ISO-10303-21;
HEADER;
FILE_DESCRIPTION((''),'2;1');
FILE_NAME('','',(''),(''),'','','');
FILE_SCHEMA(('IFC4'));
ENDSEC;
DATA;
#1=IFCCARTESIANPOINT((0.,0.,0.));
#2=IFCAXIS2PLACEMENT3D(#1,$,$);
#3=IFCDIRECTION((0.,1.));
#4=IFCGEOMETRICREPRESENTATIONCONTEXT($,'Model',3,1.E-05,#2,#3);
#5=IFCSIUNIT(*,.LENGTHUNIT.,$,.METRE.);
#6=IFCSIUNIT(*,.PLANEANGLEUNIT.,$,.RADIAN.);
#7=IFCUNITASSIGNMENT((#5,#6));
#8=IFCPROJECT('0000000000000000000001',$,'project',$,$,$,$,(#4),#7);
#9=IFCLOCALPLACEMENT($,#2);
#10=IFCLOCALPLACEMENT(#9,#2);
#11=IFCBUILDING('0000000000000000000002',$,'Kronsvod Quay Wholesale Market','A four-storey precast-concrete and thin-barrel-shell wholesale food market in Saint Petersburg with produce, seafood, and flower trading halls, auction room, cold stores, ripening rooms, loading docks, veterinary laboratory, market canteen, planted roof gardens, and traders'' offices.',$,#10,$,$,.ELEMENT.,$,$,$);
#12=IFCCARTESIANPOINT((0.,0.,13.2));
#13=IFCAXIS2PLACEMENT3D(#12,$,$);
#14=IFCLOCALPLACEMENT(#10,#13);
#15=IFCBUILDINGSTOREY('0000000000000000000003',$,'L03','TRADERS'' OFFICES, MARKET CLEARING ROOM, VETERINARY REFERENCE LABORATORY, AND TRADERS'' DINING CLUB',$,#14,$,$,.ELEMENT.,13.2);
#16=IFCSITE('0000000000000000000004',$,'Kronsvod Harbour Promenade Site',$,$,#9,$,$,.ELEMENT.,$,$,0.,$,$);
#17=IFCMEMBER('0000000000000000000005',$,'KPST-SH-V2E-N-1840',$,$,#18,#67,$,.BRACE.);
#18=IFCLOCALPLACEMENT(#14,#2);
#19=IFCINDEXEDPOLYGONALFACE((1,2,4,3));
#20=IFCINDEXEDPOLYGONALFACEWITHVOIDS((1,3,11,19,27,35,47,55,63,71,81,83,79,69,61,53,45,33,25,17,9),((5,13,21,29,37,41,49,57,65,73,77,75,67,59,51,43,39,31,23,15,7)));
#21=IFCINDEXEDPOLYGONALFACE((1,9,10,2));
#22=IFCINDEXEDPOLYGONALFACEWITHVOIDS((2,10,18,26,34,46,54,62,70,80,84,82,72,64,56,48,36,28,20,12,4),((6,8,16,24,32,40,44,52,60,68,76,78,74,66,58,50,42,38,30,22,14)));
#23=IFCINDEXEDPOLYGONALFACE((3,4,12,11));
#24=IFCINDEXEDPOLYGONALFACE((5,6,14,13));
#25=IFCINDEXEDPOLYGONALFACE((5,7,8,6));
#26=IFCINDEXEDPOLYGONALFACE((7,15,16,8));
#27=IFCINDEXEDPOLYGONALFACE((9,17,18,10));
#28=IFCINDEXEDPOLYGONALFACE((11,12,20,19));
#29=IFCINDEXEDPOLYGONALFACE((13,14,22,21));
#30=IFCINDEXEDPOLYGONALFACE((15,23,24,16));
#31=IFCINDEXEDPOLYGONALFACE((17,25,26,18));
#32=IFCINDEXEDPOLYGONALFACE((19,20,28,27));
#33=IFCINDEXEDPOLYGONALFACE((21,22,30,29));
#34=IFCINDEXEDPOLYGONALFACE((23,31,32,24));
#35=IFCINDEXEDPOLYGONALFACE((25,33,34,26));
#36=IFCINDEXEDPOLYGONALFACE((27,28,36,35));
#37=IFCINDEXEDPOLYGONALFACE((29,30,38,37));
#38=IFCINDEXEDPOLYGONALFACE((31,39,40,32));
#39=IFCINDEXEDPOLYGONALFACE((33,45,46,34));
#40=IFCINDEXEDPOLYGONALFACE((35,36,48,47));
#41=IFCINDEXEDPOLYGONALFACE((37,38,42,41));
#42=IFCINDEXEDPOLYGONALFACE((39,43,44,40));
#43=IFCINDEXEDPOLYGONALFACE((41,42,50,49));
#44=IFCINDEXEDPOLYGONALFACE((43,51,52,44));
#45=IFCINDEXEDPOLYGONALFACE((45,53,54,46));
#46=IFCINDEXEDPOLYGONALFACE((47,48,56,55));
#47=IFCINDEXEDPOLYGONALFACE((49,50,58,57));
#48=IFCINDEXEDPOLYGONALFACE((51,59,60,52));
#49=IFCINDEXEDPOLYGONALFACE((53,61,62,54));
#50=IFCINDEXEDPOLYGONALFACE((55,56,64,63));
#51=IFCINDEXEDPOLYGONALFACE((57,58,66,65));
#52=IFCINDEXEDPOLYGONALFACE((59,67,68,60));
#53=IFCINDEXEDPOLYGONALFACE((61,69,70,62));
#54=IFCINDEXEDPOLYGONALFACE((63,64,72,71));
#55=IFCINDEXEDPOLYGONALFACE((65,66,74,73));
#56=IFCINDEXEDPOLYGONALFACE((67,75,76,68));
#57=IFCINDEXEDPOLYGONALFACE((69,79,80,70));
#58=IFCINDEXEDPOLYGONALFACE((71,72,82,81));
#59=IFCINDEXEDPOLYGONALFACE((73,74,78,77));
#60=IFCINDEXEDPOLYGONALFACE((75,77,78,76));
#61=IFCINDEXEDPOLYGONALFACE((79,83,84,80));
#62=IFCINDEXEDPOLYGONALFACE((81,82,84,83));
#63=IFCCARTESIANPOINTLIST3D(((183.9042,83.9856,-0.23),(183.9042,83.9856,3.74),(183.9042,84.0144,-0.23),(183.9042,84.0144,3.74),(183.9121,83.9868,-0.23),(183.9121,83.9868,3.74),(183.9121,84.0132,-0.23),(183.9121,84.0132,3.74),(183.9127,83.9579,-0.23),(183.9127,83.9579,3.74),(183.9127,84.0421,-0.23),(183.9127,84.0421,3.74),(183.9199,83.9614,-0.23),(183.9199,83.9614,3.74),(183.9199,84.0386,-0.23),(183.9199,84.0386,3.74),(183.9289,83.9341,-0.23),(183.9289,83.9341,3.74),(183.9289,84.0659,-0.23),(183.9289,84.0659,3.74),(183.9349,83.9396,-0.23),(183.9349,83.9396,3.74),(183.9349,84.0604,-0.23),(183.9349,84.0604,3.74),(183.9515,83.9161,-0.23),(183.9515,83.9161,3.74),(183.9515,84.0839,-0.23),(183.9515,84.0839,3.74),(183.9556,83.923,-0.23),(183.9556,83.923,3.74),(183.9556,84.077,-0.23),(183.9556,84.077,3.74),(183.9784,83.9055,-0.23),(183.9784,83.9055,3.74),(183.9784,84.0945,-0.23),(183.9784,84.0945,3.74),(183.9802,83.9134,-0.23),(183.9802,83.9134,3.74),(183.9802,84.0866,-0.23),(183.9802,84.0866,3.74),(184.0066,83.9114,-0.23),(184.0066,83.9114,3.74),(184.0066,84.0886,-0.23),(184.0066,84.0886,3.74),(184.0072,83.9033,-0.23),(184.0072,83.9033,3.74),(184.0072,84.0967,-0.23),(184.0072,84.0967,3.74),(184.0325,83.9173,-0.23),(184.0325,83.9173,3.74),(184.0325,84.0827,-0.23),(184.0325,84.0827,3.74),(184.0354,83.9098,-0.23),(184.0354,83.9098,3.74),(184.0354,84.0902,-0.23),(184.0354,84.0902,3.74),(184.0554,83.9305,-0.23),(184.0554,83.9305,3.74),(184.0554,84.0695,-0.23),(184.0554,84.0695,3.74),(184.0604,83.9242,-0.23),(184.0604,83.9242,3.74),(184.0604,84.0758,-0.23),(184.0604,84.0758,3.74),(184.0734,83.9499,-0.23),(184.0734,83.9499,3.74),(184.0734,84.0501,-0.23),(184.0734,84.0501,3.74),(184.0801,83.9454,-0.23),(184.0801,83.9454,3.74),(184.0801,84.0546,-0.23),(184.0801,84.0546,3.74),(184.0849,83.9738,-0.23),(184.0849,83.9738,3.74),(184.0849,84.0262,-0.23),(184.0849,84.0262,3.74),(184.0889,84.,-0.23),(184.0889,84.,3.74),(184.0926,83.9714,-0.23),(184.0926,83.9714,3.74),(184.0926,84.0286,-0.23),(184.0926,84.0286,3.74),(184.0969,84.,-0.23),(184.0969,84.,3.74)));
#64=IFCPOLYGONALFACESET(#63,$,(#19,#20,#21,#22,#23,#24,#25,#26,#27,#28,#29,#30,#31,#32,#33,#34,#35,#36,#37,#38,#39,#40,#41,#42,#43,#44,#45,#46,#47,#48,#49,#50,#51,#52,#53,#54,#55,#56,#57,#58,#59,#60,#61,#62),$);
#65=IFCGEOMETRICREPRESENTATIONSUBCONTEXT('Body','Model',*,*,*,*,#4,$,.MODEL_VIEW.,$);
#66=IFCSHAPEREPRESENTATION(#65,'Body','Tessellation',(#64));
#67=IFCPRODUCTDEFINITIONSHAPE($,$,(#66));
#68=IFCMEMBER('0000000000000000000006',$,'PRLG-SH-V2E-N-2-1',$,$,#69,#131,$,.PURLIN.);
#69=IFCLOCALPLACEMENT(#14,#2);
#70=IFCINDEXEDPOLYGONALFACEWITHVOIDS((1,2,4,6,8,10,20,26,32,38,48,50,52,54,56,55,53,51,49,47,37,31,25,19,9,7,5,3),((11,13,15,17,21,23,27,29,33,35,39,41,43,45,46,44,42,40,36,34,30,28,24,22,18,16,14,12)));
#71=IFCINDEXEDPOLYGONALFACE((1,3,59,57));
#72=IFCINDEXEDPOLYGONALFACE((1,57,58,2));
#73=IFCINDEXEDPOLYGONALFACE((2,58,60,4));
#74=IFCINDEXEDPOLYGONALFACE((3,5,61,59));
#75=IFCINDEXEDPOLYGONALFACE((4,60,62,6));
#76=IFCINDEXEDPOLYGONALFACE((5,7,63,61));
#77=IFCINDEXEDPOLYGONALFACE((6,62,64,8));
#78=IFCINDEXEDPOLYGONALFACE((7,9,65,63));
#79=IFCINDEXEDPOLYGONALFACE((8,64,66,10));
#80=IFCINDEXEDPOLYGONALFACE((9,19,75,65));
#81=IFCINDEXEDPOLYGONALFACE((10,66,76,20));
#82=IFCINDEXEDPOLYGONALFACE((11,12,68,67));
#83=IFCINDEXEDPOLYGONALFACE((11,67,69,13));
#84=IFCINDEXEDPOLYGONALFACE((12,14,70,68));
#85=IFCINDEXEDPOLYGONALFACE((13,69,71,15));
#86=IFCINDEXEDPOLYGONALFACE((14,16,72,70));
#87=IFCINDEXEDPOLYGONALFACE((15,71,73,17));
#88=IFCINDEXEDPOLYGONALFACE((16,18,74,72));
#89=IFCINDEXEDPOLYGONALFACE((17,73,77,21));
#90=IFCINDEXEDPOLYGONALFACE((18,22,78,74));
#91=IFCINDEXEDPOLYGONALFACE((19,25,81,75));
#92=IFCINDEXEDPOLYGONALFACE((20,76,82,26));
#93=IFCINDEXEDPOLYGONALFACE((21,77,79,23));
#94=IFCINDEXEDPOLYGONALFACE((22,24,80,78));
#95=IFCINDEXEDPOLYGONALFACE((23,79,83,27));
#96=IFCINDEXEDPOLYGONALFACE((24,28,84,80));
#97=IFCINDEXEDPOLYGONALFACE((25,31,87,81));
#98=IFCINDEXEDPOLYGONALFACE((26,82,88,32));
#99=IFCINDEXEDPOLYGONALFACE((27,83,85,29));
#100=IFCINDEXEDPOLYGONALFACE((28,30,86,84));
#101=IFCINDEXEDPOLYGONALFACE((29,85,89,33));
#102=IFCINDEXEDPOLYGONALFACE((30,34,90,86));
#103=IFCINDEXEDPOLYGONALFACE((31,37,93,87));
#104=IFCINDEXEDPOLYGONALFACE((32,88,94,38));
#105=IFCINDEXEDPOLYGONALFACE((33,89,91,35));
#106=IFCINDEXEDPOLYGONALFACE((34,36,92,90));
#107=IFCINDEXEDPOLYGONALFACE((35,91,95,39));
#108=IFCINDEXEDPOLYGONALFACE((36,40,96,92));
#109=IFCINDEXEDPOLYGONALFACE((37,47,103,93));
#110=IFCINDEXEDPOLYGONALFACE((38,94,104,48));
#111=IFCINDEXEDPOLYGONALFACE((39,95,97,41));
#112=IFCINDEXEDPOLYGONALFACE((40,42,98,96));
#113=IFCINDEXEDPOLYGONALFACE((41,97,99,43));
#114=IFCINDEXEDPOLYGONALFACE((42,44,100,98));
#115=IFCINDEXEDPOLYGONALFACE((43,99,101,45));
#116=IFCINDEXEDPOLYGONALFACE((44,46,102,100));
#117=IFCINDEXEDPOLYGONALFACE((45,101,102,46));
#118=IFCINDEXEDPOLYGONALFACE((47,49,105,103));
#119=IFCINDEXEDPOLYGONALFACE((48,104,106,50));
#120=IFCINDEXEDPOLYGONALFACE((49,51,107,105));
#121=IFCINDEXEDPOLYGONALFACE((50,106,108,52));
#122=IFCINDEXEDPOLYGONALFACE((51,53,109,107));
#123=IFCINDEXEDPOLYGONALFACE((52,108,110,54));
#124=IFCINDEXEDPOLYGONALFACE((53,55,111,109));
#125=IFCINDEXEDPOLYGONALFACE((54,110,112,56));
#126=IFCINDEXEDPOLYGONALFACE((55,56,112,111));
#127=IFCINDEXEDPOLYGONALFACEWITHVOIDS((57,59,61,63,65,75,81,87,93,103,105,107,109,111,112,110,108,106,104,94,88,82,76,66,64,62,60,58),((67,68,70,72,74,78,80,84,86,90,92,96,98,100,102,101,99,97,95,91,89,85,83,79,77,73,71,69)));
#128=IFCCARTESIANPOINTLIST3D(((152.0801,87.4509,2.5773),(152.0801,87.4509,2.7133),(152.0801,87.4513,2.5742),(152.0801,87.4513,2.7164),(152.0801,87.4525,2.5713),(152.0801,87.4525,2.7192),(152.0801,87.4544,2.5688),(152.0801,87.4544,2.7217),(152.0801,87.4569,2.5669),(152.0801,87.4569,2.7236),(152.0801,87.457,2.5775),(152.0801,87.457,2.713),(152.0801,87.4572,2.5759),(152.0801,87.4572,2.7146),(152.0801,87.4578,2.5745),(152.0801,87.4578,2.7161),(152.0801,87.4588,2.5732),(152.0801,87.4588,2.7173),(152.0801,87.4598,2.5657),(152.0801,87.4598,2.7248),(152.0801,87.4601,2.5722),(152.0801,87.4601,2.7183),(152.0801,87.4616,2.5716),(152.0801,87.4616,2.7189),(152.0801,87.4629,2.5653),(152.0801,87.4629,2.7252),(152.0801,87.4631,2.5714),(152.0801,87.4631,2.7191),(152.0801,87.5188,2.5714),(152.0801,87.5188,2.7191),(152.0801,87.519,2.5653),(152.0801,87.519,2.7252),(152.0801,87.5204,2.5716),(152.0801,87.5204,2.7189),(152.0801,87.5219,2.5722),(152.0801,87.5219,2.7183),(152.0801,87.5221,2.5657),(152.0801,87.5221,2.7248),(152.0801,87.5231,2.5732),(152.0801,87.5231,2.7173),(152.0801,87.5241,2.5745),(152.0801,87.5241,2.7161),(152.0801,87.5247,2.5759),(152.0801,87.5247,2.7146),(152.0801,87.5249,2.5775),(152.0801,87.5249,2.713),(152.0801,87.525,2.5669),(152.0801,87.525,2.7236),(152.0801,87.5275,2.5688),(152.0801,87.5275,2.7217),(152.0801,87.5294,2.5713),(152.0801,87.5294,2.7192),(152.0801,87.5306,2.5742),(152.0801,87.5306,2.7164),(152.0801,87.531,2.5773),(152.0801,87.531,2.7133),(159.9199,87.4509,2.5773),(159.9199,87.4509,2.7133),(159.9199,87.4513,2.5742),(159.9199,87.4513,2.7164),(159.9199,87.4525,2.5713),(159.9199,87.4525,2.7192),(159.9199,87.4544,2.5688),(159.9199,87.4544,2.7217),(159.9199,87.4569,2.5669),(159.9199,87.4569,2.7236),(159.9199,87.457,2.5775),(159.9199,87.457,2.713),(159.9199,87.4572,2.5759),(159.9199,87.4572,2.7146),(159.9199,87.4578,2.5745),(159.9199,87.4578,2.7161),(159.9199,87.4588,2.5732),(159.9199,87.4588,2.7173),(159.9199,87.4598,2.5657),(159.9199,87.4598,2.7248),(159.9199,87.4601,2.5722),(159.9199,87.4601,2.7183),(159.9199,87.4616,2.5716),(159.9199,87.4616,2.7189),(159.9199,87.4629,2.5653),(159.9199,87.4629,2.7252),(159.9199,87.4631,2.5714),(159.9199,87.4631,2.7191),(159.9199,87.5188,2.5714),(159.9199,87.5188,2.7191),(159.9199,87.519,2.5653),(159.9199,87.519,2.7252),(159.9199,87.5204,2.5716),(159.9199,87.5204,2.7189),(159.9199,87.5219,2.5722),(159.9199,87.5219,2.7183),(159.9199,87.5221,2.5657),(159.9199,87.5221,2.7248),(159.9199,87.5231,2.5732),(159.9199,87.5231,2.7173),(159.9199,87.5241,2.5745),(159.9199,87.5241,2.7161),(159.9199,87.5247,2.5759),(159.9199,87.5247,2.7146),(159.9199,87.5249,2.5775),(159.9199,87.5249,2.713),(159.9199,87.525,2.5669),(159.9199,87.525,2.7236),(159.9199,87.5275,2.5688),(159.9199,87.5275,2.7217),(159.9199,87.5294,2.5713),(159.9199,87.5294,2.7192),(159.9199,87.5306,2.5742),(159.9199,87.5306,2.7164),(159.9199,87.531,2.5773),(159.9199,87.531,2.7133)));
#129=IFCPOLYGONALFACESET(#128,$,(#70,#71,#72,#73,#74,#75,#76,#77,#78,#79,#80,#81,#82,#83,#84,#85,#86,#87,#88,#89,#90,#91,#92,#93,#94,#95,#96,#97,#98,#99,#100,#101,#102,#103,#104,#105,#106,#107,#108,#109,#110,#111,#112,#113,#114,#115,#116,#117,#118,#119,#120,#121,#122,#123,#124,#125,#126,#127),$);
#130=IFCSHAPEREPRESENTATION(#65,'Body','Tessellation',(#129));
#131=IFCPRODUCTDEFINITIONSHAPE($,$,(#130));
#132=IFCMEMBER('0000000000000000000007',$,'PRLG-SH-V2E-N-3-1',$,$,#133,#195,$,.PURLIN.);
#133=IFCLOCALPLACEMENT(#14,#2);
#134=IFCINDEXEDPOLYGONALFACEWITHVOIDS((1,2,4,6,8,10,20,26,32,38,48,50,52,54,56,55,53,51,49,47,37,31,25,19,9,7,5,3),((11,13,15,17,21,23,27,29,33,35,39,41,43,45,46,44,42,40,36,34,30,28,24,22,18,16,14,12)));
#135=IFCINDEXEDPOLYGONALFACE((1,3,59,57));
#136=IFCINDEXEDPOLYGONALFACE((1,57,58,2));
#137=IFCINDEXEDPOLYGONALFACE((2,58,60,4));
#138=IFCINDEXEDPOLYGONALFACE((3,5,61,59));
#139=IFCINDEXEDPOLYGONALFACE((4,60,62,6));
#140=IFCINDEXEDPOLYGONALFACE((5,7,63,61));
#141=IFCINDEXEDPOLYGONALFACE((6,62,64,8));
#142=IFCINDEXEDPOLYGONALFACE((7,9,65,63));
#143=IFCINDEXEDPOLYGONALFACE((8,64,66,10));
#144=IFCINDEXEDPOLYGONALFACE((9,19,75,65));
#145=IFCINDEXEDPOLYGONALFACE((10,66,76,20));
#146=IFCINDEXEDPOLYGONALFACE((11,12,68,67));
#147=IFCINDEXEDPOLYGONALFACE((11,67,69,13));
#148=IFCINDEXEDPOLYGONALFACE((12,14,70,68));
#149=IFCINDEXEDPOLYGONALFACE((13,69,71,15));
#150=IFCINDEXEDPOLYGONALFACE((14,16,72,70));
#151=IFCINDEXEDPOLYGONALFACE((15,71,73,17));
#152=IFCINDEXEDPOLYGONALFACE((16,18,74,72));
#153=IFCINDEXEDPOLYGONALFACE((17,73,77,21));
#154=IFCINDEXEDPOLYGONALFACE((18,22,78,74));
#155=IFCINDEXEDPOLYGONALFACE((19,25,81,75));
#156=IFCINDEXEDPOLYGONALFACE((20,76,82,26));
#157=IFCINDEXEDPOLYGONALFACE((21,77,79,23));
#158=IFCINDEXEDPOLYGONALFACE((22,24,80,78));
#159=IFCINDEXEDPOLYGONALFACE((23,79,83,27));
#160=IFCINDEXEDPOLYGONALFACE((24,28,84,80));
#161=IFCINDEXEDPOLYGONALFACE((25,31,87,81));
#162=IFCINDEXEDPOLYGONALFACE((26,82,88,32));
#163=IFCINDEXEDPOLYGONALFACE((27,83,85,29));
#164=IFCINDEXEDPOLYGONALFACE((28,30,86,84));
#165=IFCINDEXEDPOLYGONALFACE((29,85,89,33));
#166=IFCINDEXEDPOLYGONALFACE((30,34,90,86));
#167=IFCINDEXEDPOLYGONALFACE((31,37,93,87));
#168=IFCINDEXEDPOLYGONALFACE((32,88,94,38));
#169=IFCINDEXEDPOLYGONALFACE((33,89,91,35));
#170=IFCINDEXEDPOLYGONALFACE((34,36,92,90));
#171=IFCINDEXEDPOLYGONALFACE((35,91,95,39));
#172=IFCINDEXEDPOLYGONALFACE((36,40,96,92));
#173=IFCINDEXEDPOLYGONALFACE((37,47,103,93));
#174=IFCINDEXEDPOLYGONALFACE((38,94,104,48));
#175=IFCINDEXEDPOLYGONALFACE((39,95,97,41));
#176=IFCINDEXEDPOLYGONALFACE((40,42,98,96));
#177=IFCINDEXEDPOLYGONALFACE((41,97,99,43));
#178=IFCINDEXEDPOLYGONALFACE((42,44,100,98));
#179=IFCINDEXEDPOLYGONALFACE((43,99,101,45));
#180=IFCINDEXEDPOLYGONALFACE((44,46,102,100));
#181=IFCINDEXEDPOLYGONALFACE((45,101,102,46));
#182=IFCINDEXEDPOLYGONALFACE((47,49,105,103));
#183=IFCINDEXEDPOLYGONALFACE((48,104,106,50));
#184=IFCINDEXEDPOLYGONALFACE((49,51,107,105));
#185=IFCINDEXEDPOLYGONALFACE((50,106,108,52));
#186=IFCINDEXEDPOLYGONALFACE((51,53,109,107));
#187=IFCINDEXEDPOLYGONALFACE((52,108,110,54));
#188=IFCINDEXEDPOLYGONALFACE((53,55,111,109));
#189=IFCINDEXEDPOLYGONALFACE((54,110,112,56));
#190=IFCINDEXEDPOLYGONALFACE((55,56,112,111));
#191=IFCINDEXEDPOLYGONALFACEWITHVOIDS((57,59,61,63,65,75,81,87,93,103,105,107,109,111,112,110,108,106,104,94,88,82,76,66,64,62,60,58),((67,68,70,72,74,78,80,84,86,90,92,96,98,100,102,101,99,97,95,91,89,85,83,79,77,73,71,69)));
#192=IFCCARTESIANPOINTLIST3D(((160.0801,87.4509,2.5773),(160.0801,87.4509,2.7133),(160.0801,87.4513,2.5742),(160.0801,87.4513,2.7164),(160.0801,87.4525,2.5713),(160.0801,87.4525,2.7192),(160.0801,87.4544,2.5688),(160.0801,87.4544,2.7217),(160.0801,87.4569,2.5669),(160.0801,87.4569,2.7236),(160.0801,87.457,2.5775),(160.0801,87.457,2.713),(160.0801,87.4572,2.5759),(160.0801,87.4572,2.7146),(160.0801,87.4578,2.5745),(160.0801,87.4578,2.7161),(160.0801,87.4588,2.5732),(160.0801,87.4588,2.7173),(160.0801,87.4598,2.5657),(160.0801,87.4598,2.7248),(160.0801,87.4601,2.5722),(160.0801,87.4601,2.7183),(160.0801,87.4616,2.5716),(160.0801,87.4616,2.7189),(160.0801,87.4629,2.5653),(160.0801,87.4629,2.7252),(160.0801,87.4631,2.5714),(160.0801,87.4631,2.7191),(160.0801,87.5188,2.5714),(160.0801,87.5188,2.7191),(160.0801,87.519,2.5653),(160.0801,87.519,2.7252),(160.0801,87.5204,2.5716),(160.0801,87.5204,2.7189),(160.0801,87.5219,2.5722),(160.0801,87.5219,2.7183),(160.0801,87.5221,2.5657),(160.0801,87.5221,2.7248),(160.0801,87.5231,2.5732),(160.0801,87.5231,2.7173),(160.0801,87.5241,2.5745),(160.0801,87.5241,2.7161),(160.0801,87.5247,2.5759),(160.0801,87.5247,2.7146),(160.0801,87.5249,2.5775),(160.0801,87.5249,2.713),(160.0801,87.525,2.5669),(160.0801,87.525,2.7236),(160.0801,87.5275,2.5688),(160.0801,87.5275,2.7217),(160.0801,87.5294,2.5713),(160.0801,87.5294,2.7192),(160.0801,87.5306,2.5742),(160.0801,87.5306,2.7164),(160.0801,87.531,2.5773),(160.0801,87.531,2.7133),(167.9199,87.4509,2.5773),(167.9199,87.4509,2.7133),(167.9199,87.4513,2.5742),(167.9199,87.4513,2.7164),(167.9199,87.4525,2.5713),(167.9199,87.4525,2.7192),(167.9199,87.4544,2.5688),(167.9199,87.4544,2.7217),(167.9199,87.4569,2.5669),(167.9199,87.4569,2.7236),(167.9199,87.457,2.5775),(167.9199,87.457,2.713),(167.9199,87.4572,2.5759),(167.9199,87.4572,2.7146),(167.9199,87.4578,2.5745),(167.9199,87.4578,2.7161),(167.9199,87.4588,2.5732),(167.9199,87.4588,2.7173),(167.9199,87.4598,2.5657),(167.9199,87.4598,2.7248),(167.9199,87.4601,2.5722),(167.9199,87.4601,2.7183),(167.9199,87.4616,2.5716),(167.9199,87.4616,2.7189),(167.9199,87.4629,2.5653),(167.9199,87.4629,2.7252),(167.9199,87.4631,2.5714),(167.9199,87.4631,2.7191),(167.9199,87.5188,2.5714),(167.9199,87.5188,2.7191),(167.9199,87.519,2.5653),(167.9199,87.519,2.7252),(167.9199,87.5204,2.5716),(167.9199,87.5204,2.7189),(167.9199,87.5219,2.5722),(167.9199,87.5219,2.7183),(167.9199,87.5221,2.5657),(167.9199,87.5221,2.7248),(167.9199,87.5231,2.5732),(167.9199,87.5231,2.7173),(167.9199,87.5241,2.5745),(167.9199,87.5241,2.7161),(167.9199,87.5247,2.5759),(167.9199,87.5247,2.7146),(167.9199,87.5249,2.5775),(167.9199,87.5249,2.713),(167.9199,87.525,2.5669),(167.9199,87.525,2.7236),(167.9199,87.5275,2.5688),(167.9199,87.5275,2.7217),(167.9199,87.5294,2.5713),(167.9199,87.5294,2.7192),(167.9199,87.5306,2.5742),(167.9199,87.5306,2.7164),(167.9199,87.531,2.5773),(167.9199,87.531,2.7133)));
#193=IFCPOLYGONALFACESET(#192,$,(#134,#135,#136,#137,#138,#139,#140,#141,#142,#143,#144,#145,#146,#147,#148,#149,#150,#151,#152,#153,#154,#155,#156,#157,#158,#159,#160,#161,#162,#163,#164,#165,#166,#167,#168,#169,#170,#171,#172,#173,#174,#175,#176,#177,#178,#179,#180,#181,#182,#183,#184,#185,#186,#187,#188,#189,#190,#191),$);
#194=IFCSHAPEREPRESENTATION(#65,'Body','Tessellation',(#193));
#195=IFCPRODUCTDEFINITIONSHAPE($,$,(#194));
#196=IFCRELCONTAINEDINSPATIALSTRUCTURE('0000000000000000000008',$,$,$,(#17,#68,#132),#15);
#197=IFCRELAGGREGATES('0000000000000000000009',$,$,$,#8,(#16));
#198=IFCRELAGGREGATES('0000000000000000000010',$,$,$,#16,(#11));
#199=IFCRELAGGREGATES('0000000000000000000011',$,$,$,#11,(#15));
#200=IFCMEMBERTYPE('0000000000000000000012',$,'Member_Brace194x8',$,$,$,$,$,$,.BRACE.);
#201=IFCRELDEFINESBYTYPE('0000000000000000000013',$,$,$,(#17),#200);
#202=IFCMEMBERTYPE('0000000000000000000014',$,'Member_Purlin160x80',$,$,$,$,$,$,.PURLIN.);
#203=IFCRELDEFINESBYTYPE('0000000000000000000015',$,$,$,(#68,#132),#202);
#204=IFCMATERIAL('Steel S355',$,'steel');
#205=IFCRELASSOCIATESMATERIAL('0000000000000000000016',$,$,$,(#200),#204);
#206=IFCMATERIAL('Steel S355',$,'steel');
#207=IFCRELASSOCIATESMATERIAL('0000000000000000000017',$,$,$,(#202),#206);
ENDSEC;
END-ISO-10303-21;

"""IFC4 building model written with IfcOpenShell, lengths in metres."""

from ifc_helpers import new_model, si_unit, direction, frame, origin, origin_2d, place, context, subcontext, project, spatial, hollow_rectangle, hollow_circle, extrude, material, material_profile, profile_set, type_object, element, save


model = new_model("IFC4")

# Units and contexts
model_context = context("Model", 3, precision=1e-05, world=origin(), true_north=direction((0.0, 1.0)))
body_context = subcontext(model_context, "Body", "Model", "MODEL_VIEW")
ifc_project = project(units=[si_unit("LENGTHUNIT", "METRE"), si_unit("PLANEANGLEUNIT", "RADIAN")], contexts=[model_context])

# Site, building, storey
site_placement = place(None, origin())
site = spatial("IfcSite", under=ifc_project, at=site_placement, Name="Kronsvod Harbour Promenade Site", CompositionType="ELEMENT", RefElevation=0.0)
building_placement = place(site_placement, origin())
building = spatial("IfcBuilding", under=site, at=building_placement, Name="Kronsvod Quay Wholesale Market", Description="A four-storey precast-concrete and thin-barrel-shell wholesale food market in Saint Petersburg with produce, seafood, and flower trading halls, auction room, cold stores, ripening rooms, loading docks, veterinary laboratory, market canteen, planted roof gardens, and traders' offices.", CompositionType="ELEMENT")
storey_placement = place(building_placement, frame((0.0, 0.0, 13.2)))
storey = spatial("IfcBuildingStorey", under=building, at=storey_placement, Name="L03", Description="TRADERS' OFFICES, MARKET CLEARING ROOM, VETERINARY REFERENCE LABORATORY, AND TRADERS' DINING CLUB", CompositionType="ELEMENT", Elevation=13.2)

# Members
ifc_material_1 = material(Name="Steel S355", Category="steel")
ifc_material_profile_1 = material_profile(ifc_material_1, hollow_circle(Radius=0.0969, WallThickness=0.0081, at=origin_2d()), Name="CHS194x8")
ifc_profile_set_1 = profile_set([ifc_material_profile_1], Name="Steel S355")
member_type_1 = type_object("IfcMemberType", Name="Member_Brace194x8", PredefinedType="BRACE", material=ifc_profile_set_1)
for number, where, z_axis, x_axis, name in (
    (1, (184.0, 84.0, -0.23), (0.0, 0.0, 1.0), (1.0, 0.0, 0.0), "KPST-SH-V2E-N-1840"),
):
    element("IfcMember", number, at=place(storey_placement, frame(where, z_axis=z_axis, x_axis=x_axis)), inside=storey, type_object=member_type_1, Name=name, PredefinedType="BRACE", context=body_context, shape_type="SweptSolid", body=[
        extrude(hollow_circle(Radius=0.0969, WallThickness=0.0081, at=origin_2d()), origin(), (0.0, 0.0, 1.0), 3.97),
    ])
ifc_material_2 = material(Name="Steel S355", Category="steel")
ifc_material_profile_2 = material_profile(ifc_material_2, hollow_rectangle(XDim=0.0801, YDim=0.1599, WallThickness=0.0061, InnerFilletRadius=0.0061, OuterFilletRadius=0.012, at=origin_2d()), Name="RHS160x80x6")
ifc_profile_set_2 = profile_set([ifc_material_profile_2], Name="Steel S355")
member_type_2 = type_object("IfcMemberType", Name="Member_Purlin160x80", PredefinedType="PURLIN", material=ifc_profile_set_2)
for number, where, z_axis, x_axis, name in (
    (2, (152.0801, 87.491, 2.6453), (1.0, 0.0, 0.0), (0.0, 1.0, 0.0), "PRLG-SH-V2E-N-2-1"),
    (3, (160.0801, 87.491, 2.6453), (1.0, 0.0, 0.0), (0.0, 1.0, 0.0), "PRLG-SH-V2E-N-3-1"),
):
    element("IfcMember", number, at=place(storey_placement, frame(where, z_axis=z_axis, x_axis=x_axis)), inside=storey, type_object=member_type_2, Name=name, PredefinedType="PURLIN", context=body_context, shape_type="SweptSolid", body=[
        extrude(hollow_rectangle(XDim=0.0801, YDim=0.1599, WallThickness=0.0061, InnerFilletRadius=0.0061, OuterFilletRadius=0.012, at=origin_2d()), origin(), (0.0, 0.0, 1.0), 7.8398),
    ])

save(model, "model.ifc")
